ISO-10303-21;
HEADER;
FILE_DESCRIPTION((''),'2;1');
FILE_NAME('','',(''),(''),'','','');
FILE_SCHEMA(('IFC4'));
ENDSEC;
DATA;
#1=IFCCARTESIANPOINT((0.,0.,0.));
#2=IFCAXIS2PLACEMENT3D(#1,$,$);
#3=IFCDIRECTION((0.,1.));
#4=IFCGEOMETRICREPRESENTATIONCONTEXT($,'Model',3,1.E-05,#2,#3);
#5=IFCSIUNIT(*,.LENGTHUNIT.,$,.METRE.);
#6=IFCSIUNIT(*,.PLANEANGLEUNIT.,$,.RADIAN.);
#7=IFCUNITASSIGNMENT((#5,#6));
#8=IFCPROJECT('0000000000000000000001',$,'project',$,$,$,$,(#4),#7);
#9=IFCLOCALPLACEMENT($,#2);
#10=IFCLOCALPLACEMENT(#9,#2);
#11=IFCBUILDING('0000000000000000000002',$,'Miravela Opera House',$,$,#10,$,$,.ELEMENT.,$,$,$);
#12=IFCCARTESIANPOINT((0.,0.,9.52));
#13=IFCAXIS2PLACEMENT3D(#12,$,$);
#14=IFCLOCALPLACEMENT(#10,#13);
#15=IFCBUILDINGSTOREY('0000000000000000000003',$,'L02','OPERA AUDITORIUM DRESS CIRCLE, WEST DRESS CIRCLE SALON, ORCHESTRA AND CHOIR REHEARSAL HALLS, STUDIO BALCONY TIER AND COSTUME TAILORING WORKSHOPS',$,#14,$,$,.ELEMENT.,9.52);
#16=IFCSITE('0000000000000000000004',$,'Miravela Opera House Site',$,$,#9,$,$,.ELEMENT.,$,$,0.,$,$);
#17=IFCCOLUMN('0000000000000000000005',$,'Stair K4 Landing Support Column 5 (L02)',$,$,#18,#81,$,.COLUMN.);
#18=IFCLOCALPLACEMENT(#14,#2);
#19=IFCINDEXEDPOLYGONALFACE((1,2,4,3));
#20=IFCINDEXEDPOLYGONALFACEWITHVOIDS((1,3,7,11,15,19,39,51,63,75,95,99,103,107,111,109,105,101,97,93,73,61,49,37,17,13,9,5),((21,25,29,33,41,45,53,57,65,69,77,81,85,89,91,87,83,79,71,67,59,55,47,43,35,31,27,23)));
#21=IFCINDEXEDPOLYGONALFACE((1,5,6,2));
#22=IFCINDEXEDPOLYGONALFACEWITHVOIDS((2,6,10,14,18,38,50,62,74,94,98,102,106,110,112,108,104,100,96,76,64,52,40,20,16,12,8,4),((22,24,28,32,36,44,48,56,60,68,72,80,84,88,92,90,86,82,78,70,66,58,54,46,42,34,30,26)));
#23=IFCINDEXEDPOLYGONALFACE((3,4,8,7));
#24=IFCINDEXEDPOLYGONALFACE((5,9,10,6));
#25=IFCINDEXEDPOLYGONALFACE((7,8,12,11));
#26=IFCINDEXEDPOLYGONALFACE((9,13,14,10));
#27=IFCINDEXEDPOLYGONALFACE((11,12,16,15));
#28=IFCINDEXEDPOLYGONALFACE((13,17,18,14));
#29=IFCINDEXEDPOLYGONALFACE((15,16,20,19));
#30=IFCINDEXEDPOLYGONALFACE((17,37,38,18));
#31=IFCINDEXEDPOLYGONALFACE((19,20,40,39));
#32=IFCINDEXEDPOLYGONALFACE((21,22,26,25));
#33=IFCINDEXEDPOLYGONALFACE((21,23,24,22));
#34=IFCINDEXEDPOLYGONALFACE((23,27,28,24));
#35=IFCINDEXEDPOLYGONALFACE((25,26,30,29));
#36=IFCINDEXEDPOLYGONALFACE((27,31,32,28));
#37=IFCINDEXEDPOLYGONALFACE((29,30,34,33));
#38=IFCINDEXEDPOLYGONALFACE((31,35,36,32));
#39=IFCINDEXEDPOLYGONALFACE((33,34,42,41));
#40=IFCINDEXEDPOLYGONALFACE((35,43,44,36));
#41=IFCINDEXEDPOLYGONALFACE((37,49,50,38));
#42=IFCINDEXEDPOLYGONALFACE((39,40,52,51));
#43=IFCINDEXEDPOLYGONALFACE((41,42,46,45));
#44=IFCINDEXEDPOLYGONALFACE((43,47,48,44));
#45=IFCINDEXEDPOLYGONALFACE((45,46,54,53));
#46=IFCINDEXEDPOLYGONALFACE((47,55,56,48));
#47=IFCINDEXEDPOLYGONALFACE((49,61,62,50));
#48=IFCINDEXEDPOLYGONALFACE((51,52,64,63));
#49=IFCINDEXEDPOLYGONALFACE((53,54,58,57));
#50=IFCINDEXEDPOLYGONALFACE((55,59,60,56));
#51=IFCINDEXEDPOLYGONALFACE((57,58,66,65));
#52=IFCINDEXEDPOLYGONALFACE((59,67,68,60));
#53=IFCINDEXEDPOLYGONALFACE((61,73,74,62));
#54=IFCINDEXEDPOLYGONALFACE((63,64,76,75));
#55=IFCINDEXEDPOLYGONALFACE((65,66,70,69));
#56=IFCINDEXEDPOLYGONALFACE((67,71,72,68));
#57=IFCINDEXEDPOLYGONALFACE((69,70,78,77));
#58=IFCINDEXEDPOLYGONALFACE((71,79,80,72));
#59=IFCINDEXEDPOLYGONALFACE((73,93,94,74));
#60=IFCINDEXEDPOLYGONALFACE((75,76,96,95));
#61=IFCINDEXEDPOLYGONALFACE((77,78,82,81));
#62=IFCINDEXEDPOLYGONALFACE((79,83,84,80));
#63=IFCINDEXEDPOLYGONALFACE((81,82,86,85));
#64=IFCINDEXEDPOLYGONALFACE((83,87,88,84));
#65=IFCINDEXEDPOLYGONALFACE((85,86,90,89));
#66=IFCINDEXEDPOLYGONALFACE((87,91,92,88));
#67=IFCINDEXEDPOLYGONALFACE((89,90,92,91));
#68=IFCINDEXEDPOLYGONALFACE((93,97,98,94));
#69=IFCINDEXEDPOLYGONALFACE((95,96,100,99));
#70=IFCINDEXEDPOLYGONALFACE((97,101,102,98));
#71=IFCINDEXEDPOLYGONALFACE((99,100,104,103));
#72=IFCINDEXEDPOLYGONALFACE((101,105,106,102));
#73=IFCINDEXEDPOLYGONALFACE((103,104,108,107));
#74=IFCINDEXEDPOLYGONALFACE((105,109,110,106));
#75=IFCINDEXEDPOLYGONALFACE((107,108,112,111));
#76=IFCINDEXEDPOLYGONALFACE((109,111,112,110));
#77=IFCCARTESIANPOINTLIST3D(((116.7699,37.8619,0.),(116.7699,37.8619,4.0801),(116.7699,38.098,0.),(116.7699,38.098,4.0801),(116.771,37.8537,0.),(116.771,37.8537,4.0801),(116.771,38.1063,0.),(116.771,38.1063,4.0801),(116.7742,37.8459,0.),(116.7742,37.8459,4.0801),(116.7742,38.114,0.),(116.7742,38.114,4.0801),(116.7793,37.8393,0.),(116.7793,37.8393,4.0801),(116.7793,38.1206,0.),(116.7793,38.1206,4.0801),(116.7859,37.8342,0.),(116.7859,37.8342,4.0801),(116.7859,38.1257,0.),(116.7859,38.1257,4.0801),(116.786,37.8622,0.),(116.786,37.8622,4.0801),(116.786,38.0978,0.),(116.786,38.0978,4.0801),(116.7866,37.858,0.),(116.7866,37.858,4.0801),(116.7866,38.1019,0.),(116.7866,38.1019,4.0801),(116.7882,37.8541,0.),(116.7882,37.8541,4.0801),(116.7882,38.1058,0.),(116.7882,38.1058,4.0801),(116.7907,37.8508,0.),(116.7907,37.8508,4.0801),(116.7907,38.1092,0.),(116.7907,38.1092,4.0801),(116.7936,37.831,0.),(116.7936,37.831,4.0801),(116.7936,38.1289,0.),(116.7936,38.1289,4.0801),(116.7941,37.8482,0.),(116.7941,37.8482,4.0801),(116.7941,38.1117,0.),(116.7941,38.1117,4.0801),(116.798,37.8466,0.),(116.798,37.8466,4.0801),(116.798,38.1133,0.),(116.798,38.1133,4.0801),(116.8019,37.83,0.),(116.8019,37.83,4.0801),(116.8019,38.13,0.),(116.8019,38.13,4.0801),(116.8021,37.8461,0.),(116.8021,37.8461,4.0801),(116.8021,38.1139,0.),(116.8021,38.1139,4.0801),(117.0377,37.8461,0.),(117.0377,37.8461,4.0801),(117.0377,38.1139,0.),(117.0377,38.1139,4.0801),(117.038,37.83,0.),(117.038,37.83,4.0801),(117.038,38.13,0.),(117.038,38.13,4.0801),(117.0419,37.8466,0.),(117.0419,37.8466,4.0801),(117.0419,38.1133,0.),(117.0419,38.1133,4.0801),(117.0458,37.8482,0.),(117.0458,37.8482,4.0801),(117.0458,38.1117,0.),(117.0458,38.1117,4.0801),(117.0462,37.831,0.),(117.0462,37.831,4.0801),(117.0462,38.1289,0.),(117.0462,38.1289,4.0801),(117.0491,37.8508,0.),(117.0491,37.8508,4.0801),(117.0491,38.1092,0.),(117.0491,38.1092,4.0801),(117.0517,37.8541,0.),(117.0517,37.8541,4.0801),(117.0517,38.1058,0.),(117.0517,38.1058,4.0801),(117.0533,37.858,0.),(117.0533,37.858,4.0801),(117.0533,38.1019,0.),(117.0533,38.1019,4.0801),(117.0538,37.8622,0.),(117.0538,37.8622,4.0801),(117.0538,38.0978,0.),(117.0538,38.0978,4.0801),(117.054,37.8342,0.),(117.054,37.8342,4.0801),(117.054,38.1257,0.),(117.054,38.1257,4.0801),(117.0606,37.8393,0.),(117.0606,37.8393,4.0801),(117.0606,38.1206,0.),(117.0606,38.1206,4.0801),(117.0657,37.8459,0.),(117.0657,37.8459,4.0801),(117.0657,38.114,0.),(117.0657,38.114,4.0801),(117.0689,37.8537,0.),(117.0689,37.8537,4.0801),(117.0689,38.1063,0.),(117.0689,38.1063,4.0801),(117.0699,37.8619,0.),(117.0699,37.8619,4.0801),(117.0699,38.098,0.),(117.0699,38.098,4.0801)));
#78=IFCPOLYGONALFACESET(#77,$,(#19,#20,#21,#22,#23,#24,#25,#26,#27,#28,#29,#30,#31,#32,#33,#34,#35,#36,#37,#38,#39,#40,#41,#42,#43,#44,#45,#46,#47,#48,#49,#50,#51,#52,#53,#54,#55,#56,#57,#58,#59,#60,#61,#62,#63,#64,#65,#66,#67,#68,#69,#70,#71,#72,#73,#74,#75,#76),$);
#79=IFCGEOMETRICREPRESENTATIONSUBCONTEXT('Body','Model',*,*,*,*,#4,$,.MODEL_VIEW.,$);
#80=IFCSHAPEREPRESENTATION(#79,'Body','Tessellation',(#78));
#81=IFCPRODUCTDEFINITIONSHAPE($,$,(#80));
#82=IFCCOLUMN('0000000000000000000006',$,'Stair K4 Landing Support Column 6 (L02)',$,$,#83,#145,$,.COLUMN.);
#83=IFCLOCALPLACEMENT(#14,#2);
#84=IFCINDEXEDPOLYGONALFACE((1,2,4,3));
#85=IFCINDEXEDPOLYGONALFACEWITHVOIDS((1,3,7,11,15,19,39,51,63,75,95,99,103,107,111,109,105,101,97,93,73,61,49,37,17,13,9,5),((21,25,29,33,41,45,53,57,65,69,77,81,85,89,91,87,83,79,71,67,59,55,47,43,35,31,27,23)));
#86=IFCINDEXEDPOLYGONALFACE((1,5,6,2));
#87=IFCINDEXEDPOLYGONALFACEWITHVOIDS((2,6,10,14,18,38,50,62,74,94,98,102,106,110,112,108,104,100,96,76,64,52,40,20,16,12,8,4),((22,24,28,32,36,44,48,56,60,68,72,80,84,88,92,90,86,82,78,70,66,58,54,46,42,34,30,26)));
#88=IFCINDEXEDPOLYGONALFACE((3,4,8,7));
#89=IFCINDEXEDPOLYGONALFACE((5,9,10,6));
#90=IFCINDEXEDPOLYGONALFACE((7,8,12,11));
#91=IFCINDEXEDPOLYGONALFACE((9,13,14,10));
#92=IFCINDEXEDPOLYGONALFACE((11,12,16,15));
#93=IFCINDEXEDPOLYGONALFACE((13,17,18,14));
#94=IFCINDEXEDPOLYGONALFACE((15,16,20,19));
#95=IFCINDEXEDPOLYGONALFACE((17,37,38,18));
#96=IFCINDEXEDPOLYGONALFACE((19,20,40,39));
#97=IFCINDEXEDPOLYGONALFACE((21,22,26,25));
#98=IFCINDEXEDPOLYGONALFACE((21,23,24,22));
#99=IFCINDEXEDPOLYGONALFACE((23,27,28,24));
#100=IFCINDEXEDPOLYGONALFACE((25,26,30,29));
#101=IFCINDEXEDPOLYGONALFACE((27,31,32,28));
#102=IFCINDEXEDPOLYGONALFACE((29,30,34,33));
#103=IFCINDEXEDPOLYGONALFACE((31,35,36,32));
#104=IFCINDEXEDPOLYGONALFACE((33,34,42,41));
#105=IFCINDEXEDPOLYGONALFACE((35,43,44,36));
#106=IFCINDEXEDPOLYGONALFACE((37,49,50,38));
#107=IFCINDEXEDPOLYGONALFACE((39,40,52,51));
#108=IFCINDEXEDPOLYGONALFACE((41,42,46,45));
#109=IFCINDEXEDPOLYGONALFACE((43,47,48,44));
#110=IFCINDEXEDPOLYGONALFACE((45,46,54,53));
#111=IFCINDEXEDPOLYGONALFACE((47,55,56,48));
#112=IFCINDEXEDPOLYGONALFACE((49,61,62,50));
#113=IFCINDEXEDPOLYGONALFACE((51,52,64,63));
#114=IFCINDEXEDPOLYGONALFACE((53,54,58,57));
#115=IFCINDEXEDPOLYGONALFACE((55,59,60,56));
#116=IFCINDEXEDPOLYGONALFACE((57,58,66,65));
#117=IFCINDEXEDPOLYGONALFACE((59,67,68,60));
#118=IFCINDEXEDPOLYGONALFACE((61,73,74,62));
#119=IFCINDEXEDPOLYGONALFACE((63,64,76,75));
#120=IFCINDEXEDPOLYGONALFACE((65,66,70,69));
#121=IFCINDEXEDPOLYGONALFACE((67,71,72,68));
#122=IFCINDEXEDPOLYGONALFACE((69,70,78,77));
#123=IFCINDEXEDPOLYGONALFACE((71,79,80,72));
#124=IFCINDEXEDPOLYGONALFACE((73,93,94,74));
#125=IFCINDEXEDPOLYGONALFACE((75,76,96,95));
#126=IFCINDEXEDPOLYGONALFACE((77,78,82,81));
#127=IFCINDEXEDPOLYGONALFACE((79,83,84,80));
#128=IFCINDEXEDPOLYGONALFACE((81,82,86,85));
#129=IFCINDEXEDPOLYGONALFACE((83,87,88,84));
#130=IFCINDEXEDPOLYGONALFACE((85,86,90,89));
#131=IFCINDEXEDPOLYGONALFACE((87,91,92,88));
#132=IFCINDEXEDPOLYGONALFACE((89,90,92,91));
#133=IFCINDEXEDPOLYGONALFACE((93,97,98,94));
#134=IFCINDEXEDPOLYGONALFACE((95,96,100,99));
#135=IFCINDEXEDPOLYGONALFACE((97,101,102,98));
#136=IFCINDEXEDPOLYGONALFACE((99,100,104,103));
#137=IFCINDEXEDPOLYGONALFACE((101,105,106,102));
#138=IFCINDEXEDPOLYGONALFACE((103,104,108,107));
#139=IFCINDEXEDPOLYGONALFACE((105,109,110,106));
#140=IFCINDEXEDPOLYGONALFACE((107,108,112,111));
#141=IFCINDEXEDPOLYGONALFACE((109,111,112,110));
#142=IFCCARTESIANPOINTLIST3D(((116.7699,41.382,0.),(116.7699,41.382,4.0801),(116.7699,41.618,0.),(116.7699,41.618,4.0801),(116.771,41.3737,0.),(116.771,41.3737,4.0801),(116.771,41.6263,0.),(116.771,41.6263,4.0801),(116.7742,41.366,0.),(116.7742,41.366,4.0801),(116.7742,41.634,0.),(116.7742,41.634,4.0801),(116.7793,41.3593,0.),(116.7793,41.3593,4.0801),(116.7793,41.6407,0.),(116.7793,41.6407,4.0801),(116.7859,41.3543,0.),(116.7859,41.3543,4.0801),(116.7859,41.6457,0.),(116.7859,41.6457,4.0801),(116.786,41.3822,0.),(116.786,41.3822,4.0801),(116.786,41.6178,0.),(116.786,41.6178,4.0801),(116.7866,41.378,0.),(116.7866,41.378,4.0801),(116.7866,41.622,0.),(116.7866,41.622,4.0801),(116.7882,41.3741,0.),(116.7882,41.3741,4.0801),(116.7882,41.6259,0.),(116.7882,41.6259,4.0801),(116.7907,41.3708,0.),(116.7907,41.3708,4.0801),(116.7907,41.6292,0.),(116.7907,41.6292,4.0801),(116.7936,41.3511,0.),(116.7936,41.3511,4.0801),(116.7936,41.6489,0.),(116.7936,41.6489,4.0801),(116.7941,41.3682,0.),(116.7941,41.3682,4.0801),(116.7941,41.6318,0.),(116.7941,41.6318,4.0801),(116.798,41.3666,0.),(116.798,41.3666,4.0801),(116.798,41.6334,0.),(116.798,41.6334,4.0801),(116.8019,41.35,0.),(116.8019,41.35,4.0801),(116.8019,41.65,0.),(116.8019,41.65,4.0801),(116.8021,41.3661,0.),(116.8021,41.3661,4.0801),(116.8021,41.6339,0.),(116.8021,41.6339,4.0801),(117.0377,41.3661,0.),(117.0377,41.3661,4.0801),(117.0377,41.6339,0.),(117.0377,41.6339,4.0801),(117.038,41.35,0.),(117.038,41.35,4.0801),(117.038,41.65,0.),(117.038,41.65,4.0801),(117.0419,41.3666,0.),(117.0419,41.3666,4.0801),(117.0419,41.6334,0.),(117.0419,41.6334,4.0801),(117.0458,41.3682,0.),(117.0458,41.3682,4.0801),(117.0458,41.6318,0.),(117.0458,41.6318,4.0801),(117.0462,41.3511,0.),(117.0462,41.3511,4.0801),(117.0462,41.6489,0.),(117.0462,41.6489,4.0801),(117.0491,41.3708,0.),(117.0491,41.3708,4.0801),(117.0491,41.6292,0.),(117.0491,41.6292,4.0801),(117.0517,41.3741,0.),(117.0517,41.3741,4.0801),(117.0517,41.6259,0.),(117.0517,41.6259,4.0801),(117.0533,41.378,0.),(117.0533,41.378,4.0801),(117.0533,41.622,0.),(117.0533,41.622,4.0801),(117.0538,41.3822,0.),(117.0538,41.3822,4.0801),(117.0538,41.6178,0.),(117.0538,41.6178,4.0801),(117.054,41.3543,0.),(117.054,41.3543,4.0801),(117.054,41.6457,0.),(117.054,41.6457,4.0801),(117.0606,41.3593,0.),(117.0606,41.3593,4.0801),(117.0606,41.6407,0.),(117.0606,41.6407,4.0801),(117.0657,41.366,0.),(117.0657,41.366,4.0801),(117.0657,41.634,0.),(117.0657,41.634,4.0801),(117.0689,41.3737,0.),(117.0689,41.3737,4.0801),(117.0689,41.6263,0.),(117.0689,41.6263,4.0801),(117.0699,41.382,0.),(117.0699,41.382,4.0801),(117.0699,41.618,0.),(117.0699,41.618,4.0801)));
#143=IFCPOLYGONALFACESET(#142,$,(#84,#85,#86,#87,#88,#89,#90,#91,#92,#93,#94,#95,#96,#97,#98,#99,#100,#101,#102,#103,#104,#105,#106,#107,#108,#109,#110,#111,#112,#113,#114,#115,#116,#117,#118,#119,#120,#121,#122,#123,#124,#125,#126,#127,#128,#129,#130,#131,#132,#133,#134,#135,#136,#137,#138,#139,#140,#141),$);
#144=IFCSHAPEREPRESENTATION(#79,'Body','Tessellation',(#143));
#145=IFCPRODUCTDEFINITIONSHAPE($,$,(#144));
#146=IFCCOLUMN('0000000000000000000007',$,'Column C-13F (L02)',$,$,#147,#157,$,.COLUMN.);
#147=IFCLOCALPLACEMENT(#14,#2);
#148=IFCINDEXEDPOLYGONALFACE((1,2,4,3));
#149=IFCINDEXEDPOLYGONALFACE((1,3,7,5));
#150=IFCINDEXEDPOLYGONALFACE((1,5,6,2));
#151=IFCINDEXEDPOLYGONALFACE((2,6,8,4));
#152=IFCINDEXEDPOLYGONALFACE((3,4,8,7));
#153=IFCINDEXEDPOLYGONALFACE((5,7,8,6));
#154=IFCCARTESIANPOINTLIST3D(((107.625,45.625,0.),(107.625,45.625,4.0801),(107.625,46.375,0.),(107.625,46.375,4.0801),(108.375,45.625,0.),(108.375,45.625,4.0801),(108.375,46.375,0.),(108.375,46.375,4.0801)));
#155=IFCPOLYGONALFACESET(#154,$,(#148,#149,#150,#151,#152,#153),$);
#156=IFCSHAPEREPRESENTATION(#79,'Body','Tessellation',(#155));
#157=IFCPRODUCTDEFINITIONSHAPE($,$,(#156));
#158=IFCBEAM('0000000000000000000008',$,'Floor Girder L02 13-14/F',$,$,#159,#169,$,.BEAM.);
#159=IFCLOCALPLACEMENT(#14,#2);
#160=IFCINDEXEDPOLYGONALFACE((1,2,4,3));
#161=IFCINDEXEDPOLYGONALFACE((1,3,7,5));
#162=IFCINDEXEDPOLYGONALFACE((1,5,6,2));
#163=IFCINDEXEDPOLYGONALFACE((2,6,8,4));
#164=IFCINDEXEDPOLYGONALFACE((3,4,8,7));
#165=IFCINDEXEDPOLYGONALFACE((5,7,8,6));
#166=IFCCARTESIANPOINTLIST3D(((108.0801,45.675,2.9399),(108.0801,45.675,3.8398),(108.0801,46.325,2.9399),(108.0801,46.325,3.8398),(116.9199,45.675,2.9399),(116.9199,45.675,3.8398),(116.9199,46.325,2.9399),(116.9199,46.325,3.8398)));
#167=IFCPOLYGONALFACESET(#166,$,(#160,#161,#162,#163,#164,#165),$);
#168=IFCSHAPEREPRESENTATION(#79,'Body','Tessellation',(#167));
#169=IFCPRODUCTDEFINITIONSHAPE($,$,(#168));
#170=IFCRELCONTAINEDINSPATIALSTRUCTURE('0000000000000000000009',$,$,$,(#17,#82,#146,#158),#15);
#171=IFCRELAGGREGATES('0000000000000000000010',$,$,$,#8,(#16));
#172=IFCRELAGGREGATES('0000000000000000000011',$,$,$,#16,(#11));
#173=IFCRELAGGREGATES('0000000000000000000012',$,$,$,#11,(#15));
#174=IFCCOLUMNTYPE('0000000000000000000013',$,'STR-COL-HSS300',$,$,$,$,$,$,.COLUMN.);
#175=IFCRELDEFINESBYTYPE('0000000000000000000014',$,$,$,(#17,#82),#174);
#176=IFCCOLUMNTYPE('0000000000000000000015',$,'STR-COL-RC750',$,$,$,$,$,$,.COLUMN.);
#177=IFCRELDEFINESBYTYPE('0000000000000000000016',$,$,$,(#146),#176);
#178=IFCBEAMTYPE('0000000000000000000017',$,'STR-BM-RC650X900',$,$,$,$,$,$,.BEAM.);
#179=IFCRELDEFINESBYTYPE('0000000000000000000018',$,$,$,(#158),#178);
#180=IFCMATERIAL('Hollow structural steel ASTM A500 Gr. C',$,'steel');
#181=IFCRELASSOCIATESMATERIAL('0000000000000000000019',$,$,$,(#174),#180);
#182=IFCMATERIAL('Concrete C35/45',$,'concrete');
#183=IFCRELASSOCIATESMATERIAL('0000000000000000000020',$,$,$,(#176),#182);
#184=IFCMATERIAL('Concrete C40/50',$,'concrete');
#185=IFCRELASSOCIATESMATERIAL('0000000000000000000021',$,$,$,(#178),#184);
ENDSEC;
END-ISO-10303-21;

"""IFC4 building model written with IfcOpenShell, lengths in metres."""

from ifc_helpers import new_model, si_unit, direction, frame, origin, origin_2d, place, context, subcontext, project, spatial, rectangle, hollow_rectangle, extrude, material, material_profile, profile_set, type_object, element, save


model = new_model("IFC4")

# Units and contexts
model_context = context("Model", 3, precision=1e-05, world=origin(), true_north=direction((0.0, 1.0)))
body_context = subcontext(model_context, "Body", "Model", "MODEL_VIEW")
ifc_project = project(units=[si_unit("LENGTHUNIT", "METRE"), si_unit("PLANEANGLEUNIT", "RADIAN")], contexts=[model_context])

# Site, building, storey
site_placement = place(None, origin())
site = spatial("IfcSite", under=ifc_project, at=site_placement, Name="Miravela Opera House Site", CompositionType="ELEMENT", RefElevation=0.0)
building_placement = place(site_placement, origin())
building = spatial("IfcBuilding", under=site, at=building_placement, Name="Miravela Opera House", CompositionType="ELEMENT")
storey_placement = place(building_placement, frame((0.0, 0.0, 9.52)))
storey = spatial("IfcBuildingStorey", under=building, at=storey_placement, Name="L02", Description="OPERA AUDITORIUM DRESS CIRCLE, WEST DRESS CIRCLE SALON, ORCHESTRA AND CHOIR REHEARSAL HALLS, STUDIO BALCONY TIER AND COSTUME TAILORING WORKSHOPS", CompositionType="ELEMENT", Elevation=9.52)

# Columns
ifc_material_1 = material(Name="Hollow structural steel ASTM A500 Gr. C", Category="steel")
ifc_material_profile_1 = material_profile(ifc_material_1, hollow_rectangle(XDim=0.3, YDim=0.3, WallThickness=0.0161, InnerFilletRadius=0.0161, OuterFilletRadius=0.032, at=origin_2d()), Name="HSS300X300X16")
ifc_profile_set_1 = profile_set([ifc_material_profile_1])
column_type_1 = type_object("IfcColumnType", Name="STR-COL-HSS300", PredefinedType="COLUMN", material=ifc_profile_set_1)
for number, where, z_axis, x_axis, name in (
    (1, (116.9199, 37.98, 0.0), (0.0, 0.0, 1.0), (1.0, 0.0, 0.0), "Stair K4 Landing Support Column 5 (L02)"),
    (2, (116.9199, 41.5, 0.0), (0.0, 0.0, 1.0), (1.0, 0.0, 0.0), "Stair K4 Landing Support Column 6 (L02)"),
):
    element("IfcColumn", number, at=place(storey_placement, frame(where, z_axis=z_axis, x_axis=x_axis)), inside=storey, type_object=column_type_1, Name=name, PredefinedType="COLUMN", context=body_context, shape_type="SweptSolid", body=[
        extrude(hollow_rectangle(XDim=0.3, YDim=0.3, WallThickness=0.0161, InnerFilletRadius=0.0161, OuterFilletRadius=0.032, at=origin_2d()), origin(), (0.0, 0.0, 1.0), 4.0801),
    ])
ifc_material_2 = material(Name="Concrete C35/45", Category="concrete")
ifc_material_profile_2 = material_profile(ifc_material_2, rectangle(XDim=0.75, YDim=0.75, at=origin_2d()), Name="RC-COL-750X750")
ifc_profile_set_2 = profile_set([ifc_material_profile_2])
column_type_2 = type_object("IfcColumnType", Name="STR-COL-RC750", PredefinedType="COLUMN", material=ifc_profile_set_2)
column_placement = place(storey_placement, frame((108.0, 46.0, 0.0), z_axis=(0.0, 0.0, 1.0), x_axis=(1.0, 0.0, 0.0)))
element("IfcColumn", 3, at=column_placement, inside=storey, type_object=column_type_2, Name="Column C-13F (L02)", PredefinedType="COLUMN", context=body_context, shape_type="SweptSolid", body=[
    extrude(rectangle(XDim=0.75, YDim=0.75, at=origin_2d()), origin(), (0.0, 0.0, 1.0), 4.0801),
])

# Beam
ifc_material_3 = material(Name="Concrete C40/50", Category="concrete")
ifc_material_profile_3 = material_profile(ifc_material_3, rectangle(XDim=0.6499, YDim=0.8999, at=origin_2d()), Name="RC-BM-650X900")
ifc_profile_set_3 = profile_set([ifc_material_profile_3])
beam_type = type_object("IfcBeamType", Name="STR-BM-RC650X900", PredefinedType="BEAM", material=ifc_profile_set_3)
beam_placement = place(storey_placement, frame((108.0801, 46.0, 3.3899), z_axis=(1.0, 0.0, 0.0), x_axis=(0.0, 1.0, 0.0)))
element("IfcBeam", 4, at=beam_placement, inside=storey, type_object=beam_type, Name="Floor Girder L02 13-14/F", PredefinedType="BEAM", context=body_context, shape_type="SweptSolid", body=[
    extrude(rectangle(XDim=0.6499, YDim=0.8999, at=origin_2d()), origin(), (0.0, 0.0, 1.0), 8.8398),
])

save(model, "model.ifc")
